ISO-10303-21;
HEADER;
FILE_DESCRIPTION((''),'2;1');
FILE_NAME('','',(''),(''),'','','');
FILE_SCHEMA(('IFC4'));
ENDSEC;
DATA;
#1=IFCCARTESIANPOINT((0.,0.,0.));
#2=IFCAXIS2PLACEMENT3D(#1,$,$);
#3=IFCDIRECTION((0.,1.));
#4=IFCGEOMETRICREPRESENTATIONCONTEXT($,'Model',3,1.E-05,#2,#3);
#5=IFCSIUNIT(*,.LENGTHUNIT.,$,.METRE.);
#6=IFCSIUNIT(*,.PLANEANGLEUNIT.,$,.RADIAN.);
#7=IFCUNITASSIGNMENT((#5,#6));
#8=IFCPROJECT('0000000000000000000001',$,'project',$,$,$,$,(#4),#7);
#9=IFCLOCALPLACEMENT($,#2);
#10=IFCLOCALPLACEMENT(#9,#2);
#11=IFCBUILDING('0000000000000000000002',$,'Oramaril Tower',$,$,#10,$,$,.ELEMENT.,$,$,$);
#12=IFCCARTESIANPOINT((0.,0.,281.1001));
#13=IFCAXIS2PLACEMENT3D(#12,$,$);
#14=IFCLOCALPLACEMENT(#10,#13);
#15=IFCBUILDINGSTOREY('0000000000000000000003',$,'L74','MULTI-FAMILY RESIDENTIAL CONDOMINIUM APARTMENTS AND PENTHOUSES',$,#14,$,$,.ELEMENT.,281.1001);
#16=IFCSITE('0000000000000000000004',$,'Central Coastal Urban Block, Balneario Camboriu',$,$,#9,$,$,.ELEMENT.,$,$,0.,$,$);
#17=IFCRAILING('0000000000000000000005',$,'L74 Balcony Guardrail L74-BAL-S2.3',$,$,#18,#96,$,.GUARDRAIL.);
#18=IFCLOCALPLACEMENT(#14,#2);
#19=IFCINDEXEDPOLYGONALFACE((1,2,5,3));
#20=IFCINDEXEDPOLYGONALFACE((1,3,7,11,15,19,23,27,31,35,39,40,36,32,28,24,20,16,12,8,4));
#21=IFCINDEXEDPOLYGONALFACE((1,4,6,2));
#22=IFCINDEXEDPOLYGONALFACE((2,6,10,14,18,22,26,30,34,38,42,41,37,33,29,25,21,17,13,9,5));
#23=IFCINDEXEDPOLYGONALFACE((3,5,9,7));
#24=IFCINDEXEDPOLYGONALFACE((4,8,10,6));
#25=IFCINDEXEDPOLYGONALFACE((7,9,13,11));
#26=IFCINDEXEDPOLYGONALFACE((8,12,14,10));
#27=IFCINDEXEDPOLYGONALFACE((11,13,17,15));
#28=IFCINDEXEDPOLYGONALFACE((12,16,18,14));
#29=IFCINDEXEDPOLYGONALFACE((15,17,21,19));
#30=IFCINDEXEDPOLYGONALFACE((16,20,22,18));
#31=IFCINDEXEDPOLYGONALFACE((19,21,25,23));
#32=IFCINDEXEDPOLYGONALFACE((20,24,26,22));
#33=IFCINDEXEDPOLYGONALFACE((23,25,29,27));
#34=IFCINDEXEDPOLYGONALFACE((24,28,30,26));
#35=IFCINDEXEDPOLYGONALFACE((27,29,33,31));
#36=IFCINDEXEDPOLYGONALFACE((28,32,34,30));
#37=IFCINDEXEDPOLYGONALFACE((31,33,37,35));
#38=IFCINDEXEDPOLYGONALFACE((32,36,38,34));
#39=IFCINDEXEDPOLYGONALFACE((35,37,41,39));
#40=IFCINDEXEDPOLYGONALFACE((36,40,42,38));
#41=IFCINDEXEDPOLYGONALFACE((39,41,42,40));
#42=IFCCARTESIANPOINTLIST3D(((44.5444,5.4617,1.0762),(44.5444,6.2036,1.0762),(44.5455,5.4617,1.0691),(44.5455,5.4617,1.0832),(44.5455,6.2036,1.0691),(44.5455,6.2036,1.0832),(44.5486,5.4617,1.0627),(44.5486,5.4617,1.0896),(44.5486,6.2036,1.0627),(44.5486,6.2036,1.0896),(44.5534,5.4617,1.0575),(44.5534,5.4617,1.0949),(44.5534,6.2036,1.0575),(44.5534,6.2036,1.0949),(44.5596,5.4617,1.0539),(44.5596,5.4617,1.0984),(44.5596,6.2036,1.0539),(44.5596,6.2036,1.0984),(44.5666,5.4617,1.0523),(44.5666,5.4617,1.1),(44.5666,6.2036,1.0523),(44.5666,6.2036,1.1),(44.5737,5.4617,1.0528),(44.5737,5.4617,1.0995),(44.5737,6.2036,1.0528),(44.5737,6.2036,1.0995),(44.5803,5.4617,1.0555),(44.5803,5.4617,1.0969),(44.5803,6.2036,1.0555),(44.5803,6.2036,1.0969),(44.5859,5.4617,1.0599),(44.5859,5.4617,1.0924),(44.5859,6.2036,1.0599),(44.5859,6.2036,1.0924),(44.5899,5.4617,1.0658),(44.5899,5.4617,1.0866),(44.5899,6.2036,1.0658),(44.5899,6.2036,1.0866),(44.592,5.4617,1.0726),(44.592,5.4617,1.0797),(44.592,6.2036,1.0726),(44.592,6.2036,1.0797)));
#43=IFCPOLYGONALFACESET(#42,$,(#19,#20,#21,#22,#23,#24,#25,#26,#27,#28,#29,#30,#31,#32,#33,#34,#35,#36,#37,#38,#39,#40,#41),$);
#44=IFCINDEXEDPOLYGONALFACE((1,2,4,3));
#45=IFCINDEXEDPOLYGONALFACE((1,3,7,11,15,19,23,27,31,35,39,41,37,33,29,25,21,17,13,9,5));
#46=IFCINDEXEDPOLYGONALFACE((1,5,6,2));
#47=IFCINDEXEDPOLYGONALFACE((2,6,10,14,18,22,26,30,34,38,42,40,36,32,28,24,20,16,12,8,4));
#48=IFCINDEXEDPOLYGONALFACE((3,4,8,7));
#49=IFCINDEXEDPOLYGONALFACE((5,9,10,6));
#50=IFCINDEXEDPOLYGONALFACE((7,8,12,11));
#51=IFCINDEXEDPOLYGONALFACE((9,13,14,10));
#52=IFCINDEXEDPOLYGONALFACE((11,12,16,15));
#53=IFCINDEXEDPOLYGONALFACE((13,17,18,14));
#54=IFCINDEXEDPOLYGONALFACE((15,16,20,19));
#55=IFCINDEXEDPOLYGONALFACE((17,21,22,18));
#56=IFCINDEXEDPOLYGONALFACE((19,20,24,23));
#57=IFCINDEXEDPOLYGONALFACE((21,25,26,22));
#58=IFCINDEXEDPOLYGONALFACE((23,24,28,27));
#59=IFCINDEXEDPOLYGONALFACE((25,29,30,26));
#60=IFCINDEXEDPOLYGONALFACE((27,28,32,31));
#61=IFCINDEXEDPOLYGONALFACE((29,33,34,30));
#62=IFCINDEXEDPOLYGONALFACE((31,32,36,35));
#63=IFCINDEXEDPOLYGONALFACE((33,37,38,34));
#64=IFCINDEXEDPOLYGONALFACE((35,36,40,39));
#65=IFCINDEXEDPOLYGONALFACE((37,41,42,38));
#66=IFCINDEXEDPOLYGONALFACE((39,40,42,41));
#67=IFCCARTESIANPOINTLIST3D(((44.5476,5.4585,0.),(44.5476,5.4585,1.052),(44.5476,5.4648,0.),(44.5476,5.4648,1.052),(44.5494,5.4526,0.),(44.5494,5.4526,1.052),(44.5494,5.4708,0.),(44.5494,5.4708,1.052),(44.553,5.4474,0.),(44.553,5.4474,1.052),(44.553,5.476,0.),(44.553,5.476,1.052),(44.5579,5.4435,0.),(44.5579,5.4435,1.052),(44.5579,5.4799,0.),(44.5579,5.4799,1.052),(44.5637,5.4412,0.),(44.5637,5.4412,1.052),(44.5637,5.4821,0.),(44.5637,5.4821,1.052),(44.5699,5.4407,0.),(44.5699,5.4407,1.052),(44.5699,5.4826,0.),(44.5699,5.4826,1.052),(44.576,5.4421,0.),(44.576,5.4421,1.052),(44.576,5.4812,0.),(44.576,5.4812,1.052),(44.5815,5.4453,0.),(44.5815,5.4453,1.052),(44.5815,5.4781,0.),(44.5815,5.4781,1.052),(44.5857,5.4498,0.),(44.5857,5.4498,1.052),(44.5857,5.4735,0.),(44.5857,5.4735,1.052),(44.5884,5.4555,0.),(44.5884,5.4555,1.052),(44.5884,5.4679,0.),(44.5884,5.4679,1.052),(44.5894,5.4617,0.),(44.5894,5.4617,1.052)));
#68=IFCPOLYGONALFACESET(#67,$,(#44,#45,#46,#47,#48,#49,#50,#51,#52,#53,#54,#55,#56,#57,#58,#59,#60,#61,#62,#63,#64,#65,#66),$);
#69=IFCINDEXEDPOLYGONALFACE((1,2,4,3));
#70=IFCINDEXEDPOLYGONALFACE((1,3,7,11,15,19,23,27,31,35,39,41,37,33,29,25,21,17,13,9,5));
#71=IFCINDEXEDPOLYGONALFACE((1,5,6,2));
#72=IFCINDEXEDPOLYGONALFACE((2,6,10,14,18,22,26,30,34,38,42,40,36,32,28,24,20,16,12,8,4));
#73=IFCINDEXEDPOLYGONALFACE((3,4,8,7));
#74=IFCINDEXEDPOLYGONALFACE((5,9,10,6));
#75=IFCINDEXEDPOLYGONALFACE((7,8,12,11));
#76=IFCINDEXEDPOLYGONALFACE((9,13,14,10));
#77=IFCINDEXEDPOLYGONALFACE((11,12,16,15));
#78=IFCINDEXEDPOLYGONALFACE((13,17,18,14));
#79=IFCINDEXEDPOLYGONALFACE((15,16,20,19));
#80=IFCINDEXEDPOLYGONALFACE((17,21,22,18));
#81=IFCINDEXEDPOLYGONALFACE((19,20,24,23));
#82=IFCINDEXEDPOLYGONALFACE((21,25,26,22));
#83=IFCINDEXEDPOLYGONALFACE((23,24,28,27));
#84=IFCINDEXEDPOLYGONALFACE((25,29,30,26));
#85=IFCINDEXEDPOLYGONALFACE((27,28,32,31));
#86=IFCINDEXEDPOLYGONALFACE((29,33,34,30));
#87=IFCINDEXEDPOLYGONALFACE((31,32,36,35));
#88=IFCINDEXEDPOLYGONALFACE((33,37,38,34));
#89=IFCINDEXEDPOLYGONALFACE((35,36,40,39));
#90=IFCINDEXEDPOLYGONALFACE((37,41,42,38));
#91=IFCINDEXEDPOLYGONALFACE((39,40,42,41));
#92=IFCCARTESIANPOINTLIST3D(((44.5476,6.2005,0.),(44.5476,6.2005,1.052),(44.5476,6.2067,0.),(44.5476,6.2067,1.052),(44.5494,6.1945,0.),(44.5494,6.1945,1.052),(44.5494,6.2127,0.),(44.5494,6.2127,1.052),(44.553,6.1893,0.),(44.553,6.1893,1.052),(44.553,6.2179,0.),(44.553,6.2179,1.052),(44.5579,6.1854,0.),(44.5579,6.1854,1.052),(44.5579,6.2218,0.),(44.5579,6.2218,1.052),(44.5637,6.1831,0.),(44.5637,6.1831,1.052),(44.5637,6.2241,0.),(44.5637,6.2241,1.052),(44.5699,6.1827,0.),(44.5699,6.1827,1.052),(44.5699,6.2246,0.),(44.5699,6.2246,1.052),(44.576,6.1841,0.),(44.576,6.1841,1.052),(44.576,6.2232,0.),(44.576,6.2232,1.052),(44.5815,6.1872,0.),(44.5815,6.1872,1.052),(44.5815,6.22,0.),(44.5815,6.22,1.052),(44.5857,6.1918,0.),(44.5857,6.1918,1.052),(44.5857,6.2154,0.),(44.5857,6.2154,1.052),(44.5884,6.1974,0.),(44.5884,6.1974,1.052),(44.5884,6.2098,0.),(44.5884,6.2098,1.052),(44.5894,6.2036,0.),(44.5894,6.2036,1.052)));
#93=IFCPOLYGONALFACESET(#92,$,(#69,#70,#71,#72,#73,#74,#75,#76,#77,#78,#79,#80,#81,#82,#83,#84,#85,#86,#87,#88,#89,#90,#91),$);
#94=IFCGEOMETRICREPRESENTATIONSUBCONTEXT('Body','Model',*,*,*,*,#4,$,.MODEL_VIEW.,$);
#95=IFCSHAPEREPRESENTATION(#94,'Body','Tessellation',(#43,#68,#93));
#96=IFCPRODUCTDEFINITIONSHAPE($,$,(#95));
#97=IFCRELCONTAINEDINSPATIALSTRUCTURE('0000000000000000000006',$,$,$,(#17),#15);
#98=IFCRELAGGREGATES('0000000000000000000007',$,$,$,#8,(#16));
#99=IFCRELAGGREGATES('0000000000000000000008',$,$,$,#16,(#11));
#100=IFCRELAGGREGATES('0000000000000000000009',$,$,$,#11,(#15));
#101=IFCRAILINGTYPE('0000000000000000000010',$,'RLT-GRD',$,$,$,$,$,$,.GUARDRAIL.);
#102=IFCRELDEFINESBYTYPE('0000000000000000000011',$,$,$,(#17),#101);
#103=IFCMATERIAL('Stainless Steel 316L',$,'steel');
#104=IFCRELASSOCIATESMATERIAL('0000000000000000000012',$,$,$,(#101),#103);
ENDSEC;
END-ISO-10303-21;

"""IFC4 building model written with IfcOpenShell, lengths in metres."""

from ifc_helpers import new_model, si_unit, direction, frame, origin, origin_2d, place, context, subcontext, project, spatial, circle, extrude, material, type_object, element, save


model = new_model("IFC4")

# Units and contexts
model_context = context("Model", 3, precision=1e-05, world=origin(), true_north=direction((0.0, 1.0)))
body_context = subcontext(model_context, "Body", "Model", "MODEL_VIEW")
ifc_project = project(units=[si_unit("LENGTHUNIT", "METRE"), si_unit("PLANEANGLEUNIT", "RADIAN")], contexts=[model_context])

# Site, building, storey
site_placement = place(None, origin())
site = spatial("IfcSite", under=ifc_project, at=site_placement, Name="Central Coastal Urban Block, Balneario Camboriu", CompositionType="ELEMENT", RefElevation=0.0)
building_placement = place(site_placement, origin())
building = spatial("IfcBuilding", under=site, at=building_placement, Name="Oramaril Tower", CompositionType="ELEMENT")
storey_placement = place(building_placement, frame((0.0, 0.0, 281.1001)))
storey = spatial("IfcBuildingStorey", under=building, at=storey_placement, Name="L74", Description="MULTI-FAMILY RESIDENTIAL CONDOMINIUM APARTMENTS AND PENTHOUSES", CompositionType="ELEMENT", Elevation=281.1001)

# Railing
ifc_material_1 = material(Name="Stainless Steel 316L", Category="steel")
railing_type_1 = type_object("IfcRailingType", Name="RLT-GRD", PredefinedType="GUARDRAIL", material=ifc_material_1)
railing_1_placement = place(storey_placement, frame((44.5684, 5.4617, 0.0)))
element("IfcRailing", 1, at=railing_1_placement, inside=storey, type_object=railing_type_1, Name="L74 Balcony Guardrail L74-BAL-S2.3", PredefinedType="GUARDRAIL", context=body_context, shape_type="SweptSolid", body=[
    extrude(circle(Radius=0.0239, at=origin_2d()), frame((0.0, 0.0, 1.0762), z_axis=(0.0, 1.0, 0.0), x_axis=(-1.0, 0.0, 0.0)), (0.0, 0.0, 1.0), 0.7419),
    extrude(circle(Radius=0.021, at=origin_2d()), origin(), (0.0, 0.0, 1.0), 1.052),
    extrude(circle(Radius=0.021, at=origin_2d()), frame((0.0, 0.7419, 0.0)), (0.0, 0.0, 1.0), 1.052),
])

save(model, "model.ifc")
